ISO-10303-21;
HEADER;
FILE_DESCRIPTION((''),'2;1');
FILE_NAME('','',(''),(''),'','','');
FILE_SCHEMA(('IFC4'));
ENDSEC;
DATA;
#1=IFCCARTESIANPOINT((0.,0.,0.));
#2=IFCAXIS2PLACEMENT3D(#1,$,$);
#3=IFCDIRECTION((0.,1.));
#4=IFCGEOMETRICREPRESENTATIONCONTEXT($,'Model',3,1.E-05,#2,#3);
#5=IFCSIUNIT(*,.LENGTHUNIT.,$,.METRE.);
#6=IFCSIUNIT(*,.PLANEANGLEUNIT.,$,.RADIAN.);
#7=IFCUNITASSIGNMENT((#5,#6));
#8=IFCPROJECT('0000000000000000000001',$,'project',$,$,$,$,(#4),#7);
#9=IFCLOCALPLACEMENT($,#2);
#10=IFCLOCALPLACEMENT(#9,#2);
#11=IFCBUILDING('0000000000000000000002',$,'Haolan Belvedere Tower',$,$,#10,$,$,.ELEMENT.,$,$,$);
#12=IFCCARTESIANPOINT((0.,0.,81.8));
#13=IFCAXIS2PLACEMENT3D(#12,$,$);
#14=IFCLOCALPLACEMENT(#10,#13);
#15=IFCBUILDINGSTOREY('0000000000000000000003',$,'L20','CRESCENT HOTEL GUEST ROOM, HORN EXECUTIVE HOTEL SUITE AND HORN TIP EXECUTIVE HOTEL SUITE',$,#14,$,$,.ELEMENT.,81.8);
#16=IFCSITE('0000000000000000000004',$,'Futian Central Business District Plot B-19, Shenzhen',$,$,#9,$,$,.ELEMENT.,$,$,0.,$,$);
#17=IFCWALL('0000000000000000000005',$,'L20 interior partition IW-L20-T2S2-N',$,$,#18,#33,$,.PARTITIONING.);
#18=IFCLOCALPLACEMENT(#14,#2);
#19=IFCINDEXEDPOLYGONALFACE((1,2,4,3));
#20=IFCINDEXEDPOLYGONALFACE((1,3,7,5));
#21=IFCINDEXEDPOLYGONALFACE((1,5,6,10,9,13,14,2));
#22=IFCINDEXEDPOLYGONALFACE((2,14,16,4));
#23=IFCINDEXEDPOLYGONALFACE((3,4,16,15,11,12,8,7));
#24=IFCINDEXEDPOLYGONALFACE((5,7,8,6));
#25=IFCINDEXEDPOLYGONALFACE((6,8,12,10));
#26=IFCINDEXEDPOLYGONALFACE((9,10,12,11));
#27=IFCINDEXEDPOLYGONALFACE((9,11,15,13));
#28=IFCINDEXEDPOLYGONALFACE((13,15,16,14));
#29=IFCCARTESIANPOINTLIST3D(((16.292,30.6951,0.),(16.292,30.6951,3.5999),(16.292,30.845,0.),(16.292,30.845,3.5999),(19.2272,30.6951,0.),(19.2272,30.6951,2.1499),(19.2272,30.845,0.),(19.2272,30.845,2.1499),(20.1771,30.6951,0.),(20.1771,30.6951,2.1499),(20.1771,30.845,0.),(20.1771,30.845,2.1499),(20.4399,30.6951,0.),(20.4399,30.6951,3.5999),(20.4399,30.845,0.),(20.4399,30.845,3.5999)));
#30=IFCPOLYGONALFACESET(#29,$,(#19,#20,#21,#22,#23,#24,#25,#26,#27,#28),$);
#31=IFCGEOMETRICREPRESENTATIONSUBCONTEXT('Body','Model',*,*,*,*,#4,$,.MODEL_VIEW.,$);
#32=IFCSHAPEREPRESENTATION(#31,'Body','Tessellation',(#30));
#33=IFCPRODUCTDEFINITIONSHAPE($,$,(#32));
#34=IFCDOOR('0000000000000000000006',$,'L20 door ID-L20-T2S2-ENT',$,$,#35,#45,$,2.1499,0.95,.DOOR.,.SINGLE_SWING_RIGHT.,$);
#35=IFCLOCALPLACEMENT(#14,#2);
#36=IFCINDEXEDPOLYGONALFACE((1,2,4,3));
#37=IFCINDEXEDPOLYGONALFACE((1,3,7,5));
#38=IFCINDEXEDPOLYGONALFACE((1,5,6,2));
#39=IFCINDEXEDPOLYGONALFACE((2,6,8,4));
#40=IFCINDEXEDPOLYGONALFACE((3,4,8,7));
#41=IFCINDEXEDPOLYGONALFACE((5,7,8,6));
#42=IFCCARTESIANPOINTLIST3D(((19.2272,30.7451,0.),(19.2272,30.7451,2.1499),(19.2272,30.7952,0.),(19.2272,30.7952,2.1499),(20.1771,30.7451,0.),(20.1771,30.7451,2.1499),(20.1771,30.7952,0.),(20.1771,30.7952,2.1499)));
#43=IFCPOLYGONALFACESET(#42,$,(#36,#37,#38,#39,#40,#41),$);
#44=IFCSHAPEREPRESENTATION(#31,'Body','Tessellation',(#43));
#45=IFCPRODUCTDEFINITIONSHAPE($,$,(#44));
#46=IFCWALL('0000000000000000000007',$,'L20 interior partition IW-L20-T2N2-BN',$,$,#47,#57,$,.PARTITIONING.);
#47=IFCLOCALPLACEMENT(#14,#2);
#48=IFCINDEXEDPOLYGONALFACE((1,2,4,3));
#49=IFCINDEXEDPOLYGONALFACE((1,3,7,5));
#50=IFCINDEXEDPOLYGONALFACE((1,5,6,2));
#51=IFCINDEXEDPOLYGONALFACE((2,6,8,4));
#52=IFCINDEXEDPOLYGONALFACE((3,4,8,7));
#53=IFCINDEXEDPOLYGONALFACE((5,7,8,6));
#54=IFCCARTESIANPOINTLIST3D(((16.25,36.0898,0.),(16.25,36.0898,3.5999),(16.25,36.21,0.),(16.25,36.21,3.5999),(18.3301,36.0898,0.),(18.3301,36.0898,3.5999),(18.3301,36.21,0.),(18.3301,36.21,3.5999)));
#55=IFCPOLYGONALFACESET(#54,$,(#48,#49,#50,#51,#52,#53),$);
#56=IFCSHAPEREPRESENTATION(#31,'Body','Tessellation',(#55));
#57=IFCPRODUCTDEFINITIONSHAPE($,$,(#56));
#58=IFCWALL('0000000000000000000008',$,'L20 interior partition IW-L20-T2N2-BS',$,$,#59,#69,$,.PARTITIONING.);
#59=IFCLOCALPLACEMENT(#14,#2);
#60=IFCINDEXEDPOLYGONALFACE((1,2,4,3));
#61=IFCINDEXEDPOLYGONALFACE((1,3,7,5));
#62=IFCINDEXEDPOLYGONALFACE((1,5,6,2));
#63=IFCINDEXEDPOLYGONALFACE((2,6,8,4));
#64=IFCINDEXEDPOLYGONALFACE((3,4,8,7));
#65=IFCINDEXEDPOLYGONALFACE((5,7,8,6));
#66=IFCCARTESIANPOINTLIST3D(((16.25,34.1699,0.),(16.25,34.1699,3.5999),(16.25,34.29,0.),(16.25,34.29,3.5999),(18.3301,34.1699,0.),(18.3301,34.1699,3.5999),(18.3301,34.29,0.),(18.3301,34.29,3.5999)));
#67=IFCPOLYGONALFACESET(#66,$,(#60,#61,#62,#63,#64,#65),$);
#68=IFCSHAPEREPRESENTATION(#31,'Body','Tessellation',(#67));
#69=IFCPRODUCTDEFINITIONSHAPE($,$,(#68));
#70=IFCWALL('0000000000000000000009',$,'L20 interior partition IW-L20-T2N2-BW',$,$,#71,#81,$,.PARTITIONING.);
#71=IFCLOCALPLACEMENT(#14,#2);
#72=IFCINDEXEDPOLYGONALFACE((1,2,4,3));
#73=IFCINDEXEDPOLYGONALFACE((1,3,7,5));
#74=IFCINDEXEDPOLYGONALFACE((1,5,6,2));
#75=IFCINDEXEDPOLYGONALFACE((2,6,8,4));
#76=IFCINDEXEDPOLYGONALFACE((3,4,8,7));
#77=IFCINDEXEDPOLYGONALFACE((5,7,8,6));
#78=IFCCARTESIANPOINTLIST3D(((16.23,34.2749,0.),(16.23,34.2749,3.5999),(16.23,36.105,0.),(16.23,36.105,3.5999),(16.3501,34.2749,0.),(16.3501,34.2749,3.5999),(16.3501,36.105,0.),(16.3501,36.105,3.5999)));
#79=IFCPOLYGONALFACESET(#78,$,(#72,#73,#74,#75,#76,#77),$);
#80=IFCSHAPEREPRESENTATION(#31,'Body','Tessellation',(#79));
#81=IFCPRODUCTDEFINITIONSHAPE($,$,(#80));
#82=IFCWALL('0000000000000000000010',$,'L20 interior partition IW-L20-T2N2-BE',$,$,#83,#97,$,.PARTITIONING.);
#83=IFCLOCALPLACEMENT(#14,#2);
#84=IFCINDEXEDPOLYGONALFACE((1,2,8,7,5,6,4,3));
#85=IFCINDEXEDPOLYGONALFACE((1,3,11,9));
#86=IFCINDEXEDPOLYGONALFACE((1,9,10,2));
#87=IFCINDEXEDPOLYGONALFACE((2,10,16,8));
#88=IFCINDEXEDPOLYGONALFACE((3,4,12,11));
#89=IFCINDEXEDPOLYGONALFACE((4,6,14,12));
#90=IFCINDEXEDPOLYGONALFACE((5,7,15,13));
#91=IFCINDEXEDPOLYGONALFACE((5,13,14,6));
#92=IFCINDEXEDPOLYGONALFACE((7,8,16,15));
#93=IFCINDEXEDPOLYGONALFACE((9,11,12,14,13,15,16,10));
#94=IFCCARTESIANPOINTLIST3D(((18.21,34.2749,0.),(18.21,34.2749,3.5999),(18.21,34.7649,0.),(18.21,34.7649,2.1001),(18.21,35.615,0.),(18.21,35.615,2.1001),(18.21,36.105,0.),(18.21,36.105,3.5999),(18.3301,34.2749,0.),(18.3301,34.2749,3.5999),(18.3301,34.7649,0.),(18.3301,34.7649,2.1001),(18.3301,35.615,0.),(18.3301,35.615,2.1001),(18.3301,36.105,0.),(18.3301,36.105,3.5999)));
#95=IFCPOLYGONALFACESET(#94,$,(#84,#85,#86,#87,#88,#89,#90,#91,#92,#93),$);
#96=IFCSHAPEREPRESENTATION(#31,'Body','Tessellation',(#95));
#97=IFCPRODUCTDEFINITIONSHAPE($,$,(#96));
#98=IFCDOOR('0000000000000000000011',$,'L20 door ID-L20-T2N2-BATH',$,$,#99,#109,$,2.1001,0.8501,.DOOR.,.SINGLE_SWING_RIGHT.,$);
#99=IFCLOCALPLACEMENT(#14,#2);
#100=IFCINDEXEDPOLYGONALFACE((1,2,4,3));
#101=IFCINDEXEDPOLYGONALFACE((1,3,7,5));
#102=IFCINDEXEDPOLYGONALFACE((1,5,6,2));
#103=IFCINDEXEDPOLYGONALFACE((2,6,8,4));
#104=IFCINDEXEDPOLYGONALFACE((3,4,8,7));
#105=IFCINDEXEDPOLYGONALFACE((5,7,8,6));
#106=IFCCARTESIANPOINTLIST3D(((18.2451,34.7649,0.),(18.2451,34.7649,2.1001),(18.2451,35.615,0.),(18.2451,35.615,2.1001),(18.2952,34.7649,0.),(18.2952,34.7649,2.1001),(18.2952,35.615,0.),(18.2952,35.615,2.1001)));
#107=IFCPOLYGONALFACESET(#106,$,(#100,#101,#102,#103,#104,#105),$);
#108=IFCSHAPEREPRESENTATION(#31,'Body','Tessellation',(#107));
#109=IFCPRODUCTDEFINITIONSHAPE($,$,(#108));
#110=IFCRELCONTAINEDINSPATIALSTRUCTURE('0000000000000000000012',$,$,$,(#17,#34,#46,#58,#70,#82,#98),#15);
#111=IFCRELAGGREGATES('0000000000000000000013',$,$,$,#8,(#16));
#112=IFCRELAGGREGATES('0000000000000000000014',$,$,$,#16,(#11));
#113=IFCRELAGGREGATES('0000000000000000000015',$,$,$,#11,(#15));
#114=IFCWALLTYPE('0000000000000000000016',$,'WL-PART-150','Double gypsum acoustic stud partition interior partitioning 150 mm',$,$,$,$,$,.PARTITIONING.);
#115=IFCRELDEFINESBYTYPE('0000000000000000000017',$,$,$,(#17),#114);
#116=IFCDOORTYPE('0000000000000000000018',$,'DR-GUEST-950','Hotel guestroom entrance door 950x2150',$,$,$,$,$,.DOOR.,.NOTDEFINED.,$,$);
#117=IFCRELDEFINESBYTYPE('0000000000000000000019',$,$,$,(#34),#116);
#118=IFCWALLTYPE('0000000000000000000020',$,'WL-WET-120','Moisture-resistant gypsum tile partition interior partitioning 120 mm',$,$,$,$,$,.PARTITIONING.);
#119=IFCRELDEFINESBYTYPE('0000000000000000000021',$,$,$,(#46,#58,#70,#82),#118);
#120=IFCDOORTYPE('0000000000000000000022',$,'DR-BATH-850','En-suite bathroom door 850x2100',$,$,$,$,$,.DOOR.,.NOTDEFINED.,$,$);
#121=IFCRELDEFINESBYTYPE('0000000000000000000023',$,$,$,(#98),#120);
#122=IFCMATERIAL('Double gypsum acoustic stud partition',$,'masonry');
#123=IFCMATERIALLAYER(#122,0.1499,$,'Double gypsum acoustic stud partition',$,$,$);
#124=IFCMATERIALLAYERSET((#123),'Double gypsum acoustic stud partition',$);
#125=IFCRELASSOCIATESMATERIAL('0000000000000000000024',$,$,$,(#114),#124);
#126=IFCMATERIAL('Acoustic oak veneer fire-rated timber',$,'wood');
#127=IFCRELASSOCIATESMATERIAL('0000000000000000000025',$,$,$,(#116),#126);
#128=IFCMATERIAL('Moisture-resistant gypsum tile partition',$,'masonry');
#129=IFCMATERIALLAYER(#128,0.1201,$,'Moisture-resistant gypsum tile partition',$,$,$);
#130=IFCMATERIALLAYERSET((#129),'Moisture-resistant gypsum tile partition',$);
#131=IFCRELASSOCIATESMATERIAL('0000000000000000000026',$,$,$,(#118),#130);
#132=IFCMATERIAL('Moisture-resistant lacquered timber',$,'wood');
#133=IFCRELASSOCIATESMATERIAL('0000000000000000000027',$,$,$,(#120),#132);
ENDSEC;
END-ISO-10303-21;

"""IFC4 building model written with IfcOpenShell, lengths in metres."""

from ifc_helpers import new_model, si_unit, direction, frame, frame_2d, origin, place, context, subcontext, project, spatial, rectangle, extrude, material, layer, layer_set, type_object, element, fill, save


model = new_model("IFC4")

# Units and contexts
model_context = context("Model", 3, precision=1e-05, world=origin(), true_north=direction((0.0, 1.0)))
body_context = subcontext(model_context, "Body", "Model", "MODEL_VIEW")
ifc_project = project(units=[si_unit("LENGTHUNIT", "METRE"), si_unit("PLANEANGLEUNIT", "RADIAN")], contexts=[model_context])

# Site, building, storey
site_placement = place(None, origin())
site = spatial("IfcSite", under=ifc_project, at=site_placement, Name="Futian Central Business District Plot B-19, Shenzhen", CompositionType="ELEMENT", RefElevation=0.0)
building_placement = place(site_placement, origin())
building = spatial("IfcBuilding", under=site, at=building_placement, Name="Haolan Belvedere Tower", CompositionType="ELEMENT")
storey_placement = place(building_placement, frame((0.0, 0.0, 81.8)))
storey = spatial("IfcBuildingStorey", under=building, at=storey_placement, Name="L20", Description="CRESCENT HOTEL GUEST ROOM, HORN EXECUTIVE HOTEL SUITE AND HORN TIP EXECUTIVE HOTEL SUITE", CompositionType="ELEMENT", Elevation=81.8)

# Shared definitions
ifc_material_1 = material(Name="Double gypsum acoustic stud partition", Category="masonry")
ifc_layer_1 = layer(ifc_material_1, 0.1499, Name="Double gypsum acoustic stud partition")
ifc_layer_set_1 = layer_set([ifc_layer_1], Name="Double gypsum acoustic stud partition")
wall_type_1 = type_object("IfcWallType", Name="WL-PART-150", Description="Double gypsum acoustic stud partition interior partitioning 150 mm", PredefinedType="PARTITIONING", material=ifc_layer_set_1)

# Shared definitions
ifc_material_2 = material(Name="Acoustic oak veneer fire-rated timber", Category="wood")
door_type_1 = type_object("IfcDoorType", Name="DR-GUEST-950", Description="Hotel guestroom entrance door 950x2150", OperationType="NOTDEFINED", PredefinedType="DOOR", material=ifc_material_2)

# Wall, opening, door
wall_1_placement = place(storey_placement, frame((16.292, 30.77, 0.0), z_axis=(0.0, 0.0, 1.0), x_axis=(1.0, 0.0, 0.0)))
wall_1 = element("IfcWall", 1, at=wall_1_placement, inside=storey, type_object=wall_type_1, Name="L20 interior partition IW-L20-T2S2-N", PredefinedType="PARTITIONING", context=body_context, shape_type="SweptSolid", body=[
    extrude(rectangle(XDim=4.1479, YDim=0.1499, at=frame_2d((2.074, 0.0))), origin(), (0.0, 0.0, 1.0), 3.5999),
])
opening_1_placement = place(wall_1_placement, frame((3.8853, 0.0, 0.0), z_axis=(0.0, 0.0, 1.0), x_axis=(-1.0, 0.0, 0.0)))
opening_1 = element("IfcOpeningElement", 2, at=opening_1_placement, cuts=wall_1, PredefinedType="OPENING", context=body_context, shape_type="SweptSolid", body=[
    extrude(rectangle(XDim=0.95, YDim=2.1499, at=frame_2d((0.4751, 1.075))), frame((0.0, 0.085, 0.0), z_axis=(0.0, -1.0, 0.0), x_axis=(1.0, 0.0, 0.0)), (0.0, 0.0, 1.0), 0.1699),
])
door_1_placement = place(opening_1_placement, origin())
door_1 = element("IfcDoor", 3, at=door_1_placement, inside=storey, type_object=door_type_1, Name="L20 door ID-L20-T2S2-ENT", OperationType="SINGLE_SWING_RIGHT", OverallHeight=2.1499, OverallWidth=0.95, PredefinedType="DOOR", context=body_context, shape_type="SweptSolid", body=[
    extrude(rectangle(XDim=0.95, YDim=2.1499, at=frame_2d((0.4751, 1.075))), frame((0.0, 0.0249, 0.0), z_axis=(0.0, -1.0, 0.0), x_axis=(1.0, 0.0, 0.0)), (0.0, 0.0, 1.0), 0.05),
])
fill(opening_1, door_1)

# Walls
ifc_material_3 = material(Name="Moisture-resistant gypsum tile partition", Category="masonry")
ifc_layer_2 = layer(ifc_material_3, 0.1201, Name="Moisture-resistant gypsum tile partition")
ifc_layer_set_2 = layer_set([ifc_layer_2], Name="Moisture-resistant gypsum tile partition")
wall_type_2 = type_object("IfcWallType", Name="WL-WET-120", Description="Moisture-resistant gypsum tile partition interior partitioning 120 mm", PredefinedType="PARTITIONING", material=ifc_layer_set_2)
for number, where, z_axis, x_axis, name in (
    (4, (16.25, 36.1499, 0.0), (0.0, 0.0, 1.0), (1.0, 0.0, 0.0), "L20 interior partition IW-L20-T2N2-BN"),
    (5, (16.25, 34.23, 0.0), (0.0, 0.0, 1.0), (1.0, 0.0, 0.0), "L20 interior partition IW-L20-T2N2-BS"),
):
    element("IfcWall", number, at=place(storey_placement, frame(where, z_axis=z_axis, x_axis=x_axis)), inside=storey, type_object=wall_type_2, Name=name, PredefinedType="PARTITIONING", context=body_context, shape_type="SweptSolid", body=[
        extrude(rectangle(XDim=2.0801, YDim=0.1201, at=frame_2d((1.04, 0.0))), origin(), (0.0, 0.0, 1.0), 3.5999),
    ])
wall_2_placement = place(storey_placement, frame((16.29, 34.2749, 0.0), z_axis=(0.0, 0.0, 1.0), x_axis=(0.0, 1.0, 0.0)))
element("IfcWall", 6, at=wall_2_placement, inside=storey, type_object=wall_type_2, Name="L20 interior partition IW-L20-T2N2-BW", PredefinedType="PARTITIONING", context=body_context, shape_type="SweptSolid", body=[
    extrude(rectangle(XDim=1.8301, YDim=0.1201, at=frame_2d((0.915, 0.0))), origin(), (0.0, 0.0, 1.0), 3.5999),
])

# Wall, opening, door
wall_3_placement = place(storey_placement, frame((18.27, 34.2749, 0.0), z_axis=(0.0, 0.0, 1.0), x_axis=(0.0, 1.0, 0.0)))
wall_3 = element("IfcWall", 7, at=wall_3_placement, inside=storey, type_object=wall_type_2, Name="L20 interior partition IW-L20-T2N2-BE", PredefinedType="PARTITIONING", context=body_context, shape_type="SweptSolid", body=[
    extrude(rectangle(XDim=1.8301, YDim=0.1201, at=frame_2d((0.915, 0.0))), origin(), (0.0, 0.0, 1.0), 3.5999),
])
opening_2_placement = place(wall_3_placement, frame((0.49, 0.0, 0.0)))
opening_2 = element("IfcOpeningElement", 8, at=opening_2_placement, cuts=wall_3, PredefinedType="OPENING", context=body_context, shape_type="SweptSolid", body=[
    extrude(rectangle(XDim=0.8501, YDim=2.1001, at=frame_2d((0.425, 1.05))), frame((0.0, 0.0701, 0.0), z_axis=(0.0, -1.0, 0.0), x_axis=(1.0, 0.0, 0.0)), (0.0, 0.0, 1.0), 0.1401),
])
ifc_material_4 = material(Name="Moisture-resistant lacquered timber", Category="wood")
door_type_2 = type_object("IfcDoorType", Name="DR-BATH-850", Description="En-suite bathroom door 850x2100", OperationType="NOTDEFINED", PredefinedType="DOOR", material=ifc_material_4)
door_2_placement = place(opening_2_placement, origin())
door_2 = element("IfcDoor", 9, at=door_2_placement, inside=storey, type_object=door_type_2, Name="L20 door ID-L20-T2N2-BATH", OperationType="SINGLE_SWING_RIGHT", OverallHeight=2.1001, OverallWidth=0.8501, PredefinedType="DOOR", context=body_context, shape_type="SweptSolid", body=[
    extrude(rectangle(XDim=0.8501, YDim=2.1001, at=frame_2d((0.425, 1.05))), frame((0.0, 0.0249, 0.0), z_axis=(0.0, -1.0, 0.0), x_axis=(1.0, 0.0, 0.0)), (0.0, 0.0, 1.0), 0.05),
])
fill(opening_2, door_2)

save(model, "model.ifc")
